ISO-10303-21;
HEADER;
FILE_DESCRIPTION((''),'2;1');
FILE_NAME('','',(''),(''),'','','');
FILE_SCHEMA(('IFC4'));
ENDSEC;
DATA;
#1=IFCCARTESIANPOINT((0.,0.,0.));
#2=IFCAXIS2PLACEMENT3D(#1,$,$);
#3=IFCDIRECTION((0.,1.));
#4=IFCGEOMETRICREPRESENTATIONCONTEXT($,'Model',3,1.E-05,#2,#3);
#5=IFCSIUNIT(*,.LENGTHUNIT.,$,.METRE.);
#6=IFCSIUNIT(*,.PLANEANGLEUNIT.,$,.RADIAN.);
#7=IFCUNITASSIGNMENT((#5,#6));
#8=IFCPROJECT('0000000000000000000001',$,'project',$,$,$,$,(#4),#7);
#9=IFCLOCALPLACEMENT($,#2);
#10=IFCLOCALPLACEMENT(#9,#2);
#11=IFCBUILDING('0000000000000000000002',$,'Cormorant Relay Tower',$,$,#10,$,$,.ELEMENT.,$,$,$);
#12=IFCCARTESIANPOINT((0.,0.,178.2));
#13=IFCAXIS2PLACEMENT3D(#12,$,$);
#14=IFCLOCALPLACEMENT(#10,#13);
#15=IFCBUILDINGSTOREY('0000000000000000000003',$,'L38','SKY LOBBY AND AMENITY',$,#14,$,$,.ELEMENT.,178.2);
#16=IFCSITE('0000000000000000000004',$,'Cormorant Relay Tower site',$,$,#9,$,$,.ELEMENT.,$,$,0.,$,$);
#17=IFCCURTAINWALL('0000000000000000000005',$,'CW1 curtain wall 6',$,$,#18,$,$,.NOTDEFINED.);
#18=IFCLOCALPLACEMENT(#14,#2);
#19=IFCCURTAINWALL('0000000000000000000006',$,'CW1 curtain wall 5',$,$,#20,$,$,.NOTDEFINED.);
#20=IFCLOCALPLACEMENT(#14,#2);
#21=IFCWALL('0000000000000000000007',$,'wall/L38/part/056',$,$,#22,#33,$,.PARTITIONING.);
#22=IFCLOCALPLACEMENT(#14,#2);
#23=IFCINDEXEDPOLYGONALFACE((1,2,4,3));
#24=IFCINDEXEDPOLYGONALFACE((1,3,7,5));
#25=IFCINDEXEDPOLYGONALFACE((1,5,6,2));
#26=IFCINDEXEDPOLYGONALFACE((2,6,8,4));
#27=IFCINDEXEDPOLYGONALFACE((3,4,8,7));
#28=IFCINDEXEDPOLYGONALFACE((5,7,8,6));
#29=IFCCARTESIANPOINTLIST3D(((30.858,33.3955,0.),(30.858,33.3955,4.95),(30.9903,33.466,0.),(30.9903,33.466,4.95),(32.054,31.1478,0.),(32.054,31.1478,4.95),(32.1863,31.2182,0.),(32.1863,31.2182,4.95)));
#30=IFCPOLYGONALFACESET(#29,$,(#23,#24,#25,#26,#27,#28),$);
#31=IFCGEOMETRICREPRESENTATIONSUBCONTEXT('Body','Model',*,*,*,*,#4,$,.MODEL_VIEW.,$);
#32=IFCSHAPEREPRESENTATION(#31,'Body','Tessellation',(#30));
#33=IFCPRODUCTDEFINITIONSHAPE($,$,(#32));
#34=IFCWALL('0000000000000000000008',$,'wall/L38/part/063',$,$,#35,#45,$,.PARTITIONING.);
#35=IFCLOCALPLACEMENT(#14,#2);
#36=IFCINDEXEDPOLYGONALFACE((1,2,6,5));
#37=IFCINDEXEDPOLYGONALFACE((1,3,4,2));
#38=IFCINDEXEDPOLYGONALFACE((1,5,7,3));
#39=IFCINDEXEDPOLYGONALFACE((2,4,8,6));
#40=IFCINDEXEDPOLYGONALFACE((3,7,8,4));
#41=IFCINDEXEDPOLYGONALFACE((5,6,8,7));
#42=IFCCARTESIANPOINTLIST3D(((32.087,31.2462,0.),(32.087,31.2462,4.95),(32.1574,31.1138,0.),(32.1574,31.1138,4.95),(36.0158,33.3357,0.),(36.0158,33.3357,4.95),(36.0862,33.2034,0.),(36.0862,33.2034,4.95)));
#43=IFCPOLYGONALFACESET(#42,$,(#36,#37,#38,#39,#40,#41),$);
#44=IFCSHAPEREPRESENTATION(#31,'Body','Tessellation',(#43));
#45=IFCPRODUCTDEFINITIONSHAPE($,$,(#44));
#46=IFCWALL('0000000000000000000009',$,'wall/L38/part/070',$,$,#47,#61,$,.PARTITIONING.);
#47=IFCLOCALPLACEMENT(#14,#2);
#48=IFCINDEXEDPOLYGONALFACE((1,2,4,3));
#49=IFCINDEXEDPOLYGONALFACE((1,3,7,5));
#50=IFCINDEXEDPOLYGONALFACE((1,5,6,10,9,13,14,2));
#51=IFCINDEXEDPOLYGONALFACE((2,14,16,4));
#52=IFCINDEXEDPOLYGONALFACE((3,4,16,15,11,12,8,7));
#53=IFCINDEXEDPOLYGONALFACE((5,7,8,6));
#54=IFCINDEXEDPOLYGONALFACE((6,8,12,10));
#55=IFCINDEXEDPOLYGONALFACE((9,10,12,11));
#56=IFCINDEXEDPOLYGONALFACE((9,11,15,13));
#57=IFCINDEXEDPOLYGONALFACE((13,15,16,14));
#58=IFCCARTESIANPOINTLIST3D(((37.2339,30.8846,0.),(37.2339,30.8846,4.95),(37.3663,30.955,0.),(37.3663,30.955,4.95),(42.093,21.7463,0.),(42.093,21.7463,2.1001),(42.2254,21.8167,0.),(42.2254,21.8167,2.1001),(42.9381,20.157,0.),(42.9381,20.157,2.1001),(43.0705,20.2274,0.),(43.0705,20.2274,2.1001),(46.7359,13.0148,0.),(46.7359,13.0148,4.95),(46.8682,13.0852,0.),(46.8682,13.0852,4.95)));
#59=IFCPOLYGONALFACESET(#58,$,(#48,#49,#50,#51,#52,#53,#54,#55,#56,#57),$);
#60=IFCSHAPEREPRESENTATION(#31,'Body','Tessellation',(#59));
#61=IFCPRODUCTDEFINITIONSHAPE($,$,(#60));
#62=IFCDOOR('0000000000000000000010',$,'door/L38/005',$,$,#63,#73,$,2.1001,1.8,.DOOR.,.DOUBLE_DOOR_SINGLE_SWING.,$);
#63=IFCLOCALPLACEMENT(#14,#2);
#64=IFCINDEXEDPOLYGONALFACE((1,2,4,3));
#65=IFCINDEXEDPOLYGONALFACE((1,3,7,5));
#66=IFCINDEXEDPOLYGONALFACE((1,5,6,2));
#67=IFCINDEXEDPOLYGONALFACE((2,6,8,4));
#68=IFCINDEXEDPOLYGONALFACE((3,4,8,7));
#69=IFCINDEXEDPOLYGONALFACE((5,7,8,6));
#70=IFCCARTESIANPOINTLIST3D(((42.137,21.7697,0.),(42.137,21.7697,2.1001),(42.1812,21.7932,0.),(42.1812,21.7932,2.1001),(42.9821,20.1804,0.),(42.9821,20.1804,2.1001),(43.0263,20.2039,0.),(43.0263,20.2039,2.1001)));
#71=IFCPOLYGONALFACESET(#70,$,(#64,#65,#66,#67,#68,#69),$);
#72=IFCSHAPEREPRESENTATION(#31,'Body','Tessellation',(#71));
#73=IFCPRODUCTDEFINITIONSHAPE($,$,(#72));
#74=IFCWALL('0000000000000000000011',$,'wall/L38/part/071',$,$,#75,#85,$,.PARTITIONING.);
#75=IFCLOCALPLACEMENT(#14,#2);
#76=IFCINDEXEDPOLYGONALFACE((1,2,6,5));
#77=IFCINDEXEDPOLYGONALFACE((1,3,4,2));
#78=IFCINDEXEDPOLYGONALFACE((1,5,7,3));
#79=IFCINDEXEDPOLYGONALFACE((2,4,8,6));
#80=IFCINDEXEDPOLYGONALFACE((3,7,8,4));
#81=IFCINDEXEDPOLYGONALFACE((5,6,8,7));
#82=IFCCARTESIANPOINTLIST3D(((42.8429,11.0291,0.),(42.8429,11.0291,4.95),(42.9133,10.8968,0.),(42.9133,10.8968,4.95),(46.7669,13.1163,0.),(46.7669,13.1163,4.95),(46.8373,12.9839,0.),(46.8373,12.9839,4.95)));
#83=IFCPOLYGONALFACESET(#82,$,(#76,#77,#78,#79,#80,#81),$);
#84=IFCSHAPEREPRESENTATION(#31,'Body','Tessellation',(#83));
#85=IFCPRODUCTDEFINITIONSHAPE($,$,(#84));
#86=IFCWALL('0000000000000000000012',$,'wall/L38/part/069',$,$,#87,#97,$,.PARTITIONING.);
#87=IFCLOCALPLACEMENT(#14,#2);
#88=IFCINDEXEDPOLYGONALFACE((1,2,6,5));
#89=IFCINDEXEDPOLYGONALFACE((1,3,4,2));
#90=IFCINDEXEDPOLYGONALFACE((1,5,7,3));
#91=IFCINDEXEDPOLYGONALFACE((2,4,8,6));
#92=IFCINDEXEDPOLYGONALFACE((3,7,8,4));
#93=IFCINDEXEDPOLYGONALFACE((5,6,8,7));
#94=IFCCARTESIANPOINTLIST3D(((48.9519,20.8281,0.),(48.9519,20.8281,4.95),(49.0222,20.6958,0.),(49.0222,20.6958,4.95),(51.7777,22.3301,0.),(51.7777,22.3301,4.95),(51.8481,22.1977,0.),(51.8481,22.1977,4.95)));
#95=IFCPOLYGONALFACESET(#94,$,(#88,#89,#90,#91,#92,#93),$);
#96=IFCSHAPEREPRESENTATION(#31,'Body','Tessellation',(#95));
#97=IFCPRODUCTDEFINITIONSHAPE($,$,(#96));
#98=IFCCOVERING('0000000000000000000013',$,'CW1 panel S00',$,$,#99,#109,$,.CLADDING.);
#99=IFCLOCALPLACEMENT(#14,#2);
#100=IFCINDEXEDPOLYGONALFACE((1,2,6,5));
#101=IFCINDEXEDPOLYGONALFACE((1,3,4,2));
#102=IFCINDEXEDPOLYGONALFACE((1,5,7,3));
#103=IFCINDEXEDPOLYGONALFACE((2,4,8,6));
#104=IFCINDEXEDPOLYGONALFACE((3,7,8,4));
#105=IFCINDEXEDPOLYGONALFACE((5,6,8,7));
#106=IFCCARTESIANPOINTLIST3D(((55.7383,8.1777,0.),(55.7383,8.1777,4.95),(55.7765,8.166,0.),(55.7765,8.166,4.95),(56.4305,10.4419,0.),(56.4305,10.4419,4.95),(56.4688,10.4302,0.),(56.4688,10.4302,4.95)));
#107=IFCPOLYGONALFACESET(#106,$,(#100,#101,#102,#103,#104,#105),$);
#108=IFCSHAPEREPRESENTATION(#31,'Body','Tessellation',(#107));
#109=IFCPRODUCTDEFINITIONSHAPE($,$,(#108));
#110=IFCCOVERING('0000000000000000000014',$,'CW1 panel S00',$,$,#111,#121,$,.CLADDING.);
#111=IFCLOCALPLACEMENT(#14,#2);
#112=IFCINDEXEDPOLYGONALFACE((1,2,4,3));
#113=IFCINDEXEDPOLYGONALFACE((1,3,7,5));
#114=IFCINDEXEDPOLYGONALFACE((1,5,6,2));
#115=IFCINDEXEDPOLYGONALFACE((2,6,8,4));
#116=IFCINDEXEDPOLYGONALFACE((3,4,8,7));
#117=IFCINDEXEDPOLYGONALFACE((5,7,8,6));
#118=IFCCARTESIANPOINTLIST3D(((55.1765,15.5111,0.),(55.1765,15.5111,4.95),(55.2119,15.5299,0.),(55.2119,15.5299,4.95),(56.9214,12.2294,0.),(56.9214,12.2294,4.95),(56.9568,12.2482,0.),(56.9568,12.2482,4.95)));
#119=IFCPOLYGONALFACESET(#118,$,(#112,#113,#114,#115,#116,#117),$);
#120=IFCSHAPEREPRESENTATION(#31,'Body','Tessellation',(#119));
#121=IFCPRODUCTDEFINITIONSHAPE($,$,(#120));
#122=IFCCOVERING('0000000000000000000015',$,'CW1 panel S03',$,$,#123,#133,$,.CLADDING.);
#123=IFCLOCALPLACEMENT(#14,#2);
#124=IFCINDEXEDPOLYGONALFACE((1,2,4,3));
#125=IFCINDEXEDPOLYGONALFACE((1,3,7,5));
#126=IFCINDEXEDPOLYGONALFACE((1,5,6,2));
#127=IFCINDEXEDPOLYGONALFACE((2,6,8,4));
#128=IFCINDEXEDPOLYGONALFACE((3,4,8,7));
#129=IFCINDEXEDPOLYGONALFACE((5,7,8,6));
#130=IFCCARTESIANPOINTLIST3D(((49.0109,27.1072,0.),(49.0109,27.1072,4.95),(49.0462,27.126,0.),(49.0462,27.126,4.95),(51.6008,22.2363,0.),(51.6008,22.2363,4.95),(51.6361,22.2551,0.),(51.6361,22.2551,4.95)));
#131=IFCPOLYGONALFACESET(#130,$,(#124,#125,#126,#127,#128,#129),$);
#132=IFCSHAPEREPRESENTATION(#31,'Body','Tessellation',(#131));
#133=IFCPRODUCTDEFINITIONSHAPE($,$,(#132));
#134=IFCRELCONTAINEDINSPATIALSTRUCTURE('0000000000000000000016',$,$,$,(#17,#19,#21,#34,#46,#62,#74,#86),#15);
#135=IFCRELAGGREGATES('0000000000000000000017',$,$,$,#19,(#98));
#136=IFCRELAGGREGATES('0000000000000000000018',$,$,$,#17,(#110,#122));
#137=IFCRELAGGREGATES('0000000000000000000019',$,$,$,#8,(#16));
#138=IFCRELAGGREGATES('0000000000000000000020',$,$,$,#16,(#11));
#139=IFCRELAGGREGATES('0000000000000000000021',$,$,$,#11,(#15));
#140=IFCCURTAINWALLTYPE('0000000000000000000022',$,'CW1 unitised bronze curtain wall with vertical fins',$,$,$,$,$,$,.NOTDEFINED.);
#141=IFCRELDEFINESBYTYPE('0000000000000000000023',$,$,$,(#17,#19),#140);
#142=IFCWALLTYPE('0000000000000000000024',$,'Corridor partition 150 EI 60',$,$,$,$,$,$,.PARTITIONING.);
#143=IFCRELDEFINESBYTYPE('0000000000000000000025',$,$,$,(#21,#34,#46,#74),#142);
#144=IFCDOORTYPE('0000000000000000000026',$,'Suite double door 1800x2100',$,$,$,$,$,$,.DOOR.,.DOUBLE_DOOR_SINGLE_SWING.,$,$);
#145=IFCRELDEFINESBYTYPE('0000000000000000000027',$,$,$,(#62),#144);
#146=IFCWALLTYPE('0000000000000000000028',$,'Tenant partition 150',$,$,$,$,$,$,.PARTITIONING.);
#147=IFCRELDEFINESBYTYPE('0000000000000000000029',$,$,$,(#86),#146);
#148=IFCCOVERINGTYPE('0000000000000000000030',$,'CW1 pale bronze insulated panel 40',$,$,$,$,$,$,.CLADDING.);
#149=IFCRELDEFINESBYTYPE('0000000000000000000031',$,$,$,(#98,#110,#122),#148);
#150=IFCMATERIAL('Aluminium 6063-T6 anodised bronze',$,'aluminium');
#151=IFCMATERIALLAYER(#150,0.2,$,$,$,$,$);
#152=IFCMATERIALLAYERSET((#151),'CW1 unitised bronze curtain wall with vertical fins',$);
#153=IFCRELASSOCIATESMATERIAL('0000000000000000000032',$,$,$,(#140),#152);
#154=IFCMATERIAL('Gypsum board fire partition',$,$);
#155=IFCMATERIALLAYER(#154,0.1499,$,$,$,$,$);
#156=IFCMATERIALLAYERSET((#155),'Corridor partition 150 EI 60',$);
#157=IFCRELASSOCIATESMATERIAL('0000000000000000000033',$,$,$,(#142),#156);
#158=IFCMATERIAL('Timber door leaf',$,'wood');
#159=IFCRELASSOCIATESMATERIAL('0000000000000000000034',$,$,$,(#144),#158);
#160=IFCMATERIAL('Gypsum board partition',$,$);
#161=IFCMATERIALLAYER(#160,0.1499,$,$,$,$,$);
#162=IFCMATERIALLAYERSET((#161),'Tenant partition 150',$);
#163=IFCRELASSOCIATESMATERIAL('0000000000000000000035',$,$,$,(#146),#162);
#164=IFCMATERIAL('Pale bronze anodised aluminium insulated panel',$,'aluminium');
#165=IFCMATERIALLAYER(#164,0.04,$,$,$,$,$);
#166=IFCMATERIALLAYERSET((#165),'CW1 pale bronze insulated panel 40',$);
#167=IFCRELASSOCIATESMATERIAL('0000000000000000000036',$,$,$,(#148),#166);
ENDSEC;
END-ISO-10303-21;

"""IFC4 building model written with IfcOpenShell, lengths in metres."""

from ifc_helpers import new_model, si_unit, direction, frame, frame_2d, origin, origin_2d, place, context, subcontext, project, spatial, rectangle, extrude, material, layer, layer_set, type_object, element, fill, aggregate, save


model = new_model("IFC4")

# Units and contexts
model_context = context("Model", 3, precision=1e-05, world=origin(), true_north=direction((0.0, 1.0)))
body_context = subcontext(model_context, "Body", "Model", "MODEL_VIEW")
ifc_project = project(units=[si_unit("LENGTHUNIT", "METRE"), si_unit("PLANEANGLEUNIT", "RADIAN")], contexts=[model_context])

# Site, building, storey
site_placement = place(None, origin())
site = spatial("IfcSite", under=ifc_project, at=site_placement, Name="Cormorant Relay Tower site", CompositionType="ELEMENT", RefElevation=0.0)
building_placement = place(site_placement, origin())
building = spatial("IfcBuilding", under=site, at=building_placement, Name="Cormorant Relay Tower", CompositionType="ELEMENT")
storey_placement = place(building_placement, frame((0.0, 0.0, 178.2)))
storey = spatial("IfcBuildingStorey", under=building, at=storey_placement, Name="L38", Description="SKY LOBBY AND AMENITY", CompositionType="ELEMENT", Elevation=178.2)

# Curtain wall
ifc_material_1 = material(Name="Aluminium 6063-T6 anodised bronze", Category="aluminium")
ifc_layer_1 = layer(ifc_material_1, 0.2)
ifc_layer_set_1 = layer_set([ifc_layer_1], Name="CW1 unitised bronze curtain wall with vertical fins")
curtain_wall_type = type_object("IfcCurtainWallType", Name="CW1 unitised bronze curtain wall with vertical fins", PredefinedType="NOTDEFINED", material=ifc_layer_set_1)
curtain_wall_1_placement = place(storey_placement, origin())
curtain_wall_1 = element("IfcCurtainWall", 1, at=curtain_wall_1_placement, inside=storey, type_object=curtain_wall_type, Name="CW1 curtain wall 6", PredefinedType="NOTDEFINED")

# Curtain wall
curtain_wall_2_placement = place(storey_placement, origin())
curtain_wall_2 = element("IfcCurtainWall", 2, at=curtain_wall_2_placement, inside=storey, type_object=curtain_wall_type, Name="CW1 curtain wall 5", PredefinedType="NOTDEFINED")

# Walls
ifc_material_2 = material(Name="Gypsum board fire partition")
ifc_layer_2 = layer(ifc_material_2, 0.1499)
ifc_layer_set_2 = layer_set([ifc_layer_2], Name="Corridor partition 150 EI 60")
wall_type_1 = type_object("IfcWallType", Name="Corridor partition 150 EI 60", PredefinedType="PARTITIONING", material=ifc_layer_set_2)
wall_1_placement = place(storey_placement, frame((32.1201, 31.1831, 0.0), z_axis=(0.0, 0.0, 1.0), x_axis=(-0.469737, 0.882806, 0.0)))
element("IfcWall", 3, at=wall_1_placement, inside=storey, type_object=wall_type_1, Name="wall/L38/part/056", PredefinedType="PARTITIONING", context=body_context, shape_type="SweptSolid", body=[
    extrude(rectangle(XDim=2.5461, YDim=0.1499, at=frame_2d((1.2729, 0.0))), origin(), (0.0, 0.0, 1.0), 4.95),
])
wall_2_placement = place(storey_placement, frame((32.1221, 31.1799, 0.0), z_axis=(0.0, 0.0, 1.0), x_axis=(0.882898, 0.469566, 0.0)))
element("IfcWall", 4, at=wall_2_placement, inside=storey, type_object=wall_type_1, Name="wall/L38/part/063", PredefinedType="PARTITIONING", context=body_context, shape_type="SweptSolid", body=[
    extrude(rectangle(XDim=4.45, YDim=0.1499, at=frame_2d((2.2251, 0.0))), origin(), (0.0, 0.0, 1.0), 4.95),
])

# Wall, opening, door
wall_3_placement = place(storey_placement, frame((37.3, 30.9199, 0.0), z_axis=(0.0, 0.0, 1.0), x_axis=(0.469486, -0.88294, 0.0)))
wall_3 = element("IfcWall", 5, at=wall_3_placement, inside=storey, type_object=wall_type_1, Name="wall/L38/part/070", PredefinedType="PARTITIONING", context=body_context, shape_type="SweptSolid", body=[
    extrude(rectangle(XDim=20.239, YDim=0.1499, at=frame_2d((10.1196, 0.0))), origin(), (0.0, 0.0, 1.0), 4.95),
])
opening_1_placement = place(wall_3_placement, frame((10.3501, 0.0, 0.0)))
opening_1 = element("IfcOpeningElement", 6, at=opening_1_placement, cuts=wall_3, PredefinedType="OPENING", context=body_context, shape_type="SweptSolid", body=[
    extrude(rectangle(XDim=1.8, YDim=2.1001, at=frame_2d((0.8999, 1.05))), frame((0.0, 0.085, 0.0), z_axis=(0.0, -1.0, 0.0), x_axis=(1.0, 0.0, 0.0)), (0.0, 0.0, 1.0), 0.1699),
])
ifc_material_3 = material(Name="Timber door leaf", Category="wood")
door_type_1 = type_object("IfcDoorType", Name="Suite double door 1800x2100", OperationType="DOUBLE_DOOR_SINGLE_SWING", PredefinedType="DOOR", material=ifc_material_3)
door_1_placement = place(opening_1_placement, origin())
door_1 = element("IfcDoor", 7, at=door_1_placement, inside=storey, type_object=door_type_1, Name="door/L38/005", OperationType="DOUBLE_DOOR_SINGLE_SWING", OverallHeight=2.1001, OverallWidth=1.8, PredefinedType="DOOR", context=body_context, shape_type="SweptSolid", body=[
    extrude(rectangle(XDim=1.8, YDim=2.1001, at=frame_2d((0.8999, 1.05))), frame((0.0, 0.0249, 0.0), z_axis=(0.0, -1.0, 0.0), x_axis=(1.0, 0.0, 0.0)), (0.0, 0.0, 1.0), 0.05),
])
fill(opening_1, door_1)

# Walls
wall_4_placement = place(storey_placement, frame((46.802, 13.05, 0.0), z_axis=(0.0, 0.0, 1.0), x_axis=(-0.882883, -0.469593, 0.0)))
element("IfcWall", 8, at=wall_4_placement, inside=storey, type_object=wall_type_1, Name="wall/L38/part/071", PredefinedType="PARTITIONING", context=body_context, shape_type="SweptSolid", body=[
    extrude(rectangle(XDim=4.4446, YDim=0.1499, at=frame_2d((2.2222, 0.0))), origin(), (0.0, 0.0, 1.0), 4.95),
])
ifc_material_4 = material(Name="Gypsum board partition")
ifc_layer_3 = layer(ifc_material_4, 0.1499)
ifc_layer_set_3 = layer_set([ifc_layer_3], Name="Tenant partition 150")
wall_type_2 = type_object("IfcWallType", Name="Tenant partition 150", PredefinedType="PARTITIONING", material=ifc_layer_set_3)
wall_5_placement = place(storey_placement, frame((48.9871, 20.762, 0.0), z_axis=(0.0, 0.0, 1.0), x_axis=(0.883028, 0.469321, 0.0)))
element("IfcWall", 9, at=wall_5_placement, inside=storey, type_object=wall_type_2, Name="wall/L38/part/069", PredefinedType="PARTITIONING", context=body_context, shape_type="SweptSolid", body=[
    extrude(rectangle(XDim=3.2002, YDim=0.1499, at=frame_2d((1.6001, 0.0))), origin(), (0.0, 0.0, 1.0), 4.95),
])

# Coverings
ifc_material_5 = material(Name="Pale bronze anodised aluminium insulated panel", Category="aluminium")
ifc_layer_4 = layer(ifc_material_5, 0.04)
ifc_layer_set_4 = layer_set([ifc_layer_4], Name="CW1 pale bronze insulated panel 40")
covering_type = type_object("IfcCoveringType", Name="CW1 pale bronze insulated panel 40", PredefinedType="CLADDING", material=ifc_layer_set_4)
covering_1_placement = place(storey_placement, frame((56.1035, 9.304, 0.0), z_axis=(0.0, 0.0, 1.0), x_axis=(0.292372, 0.956305, 0.0)))
covering_1 = element("IfcCovering", 10, at=covering_1_placement, type_object=covering_type, Name="CW1 panel S00", PredefinedType="CLADDING", context=body_context, shape_type="SweptSolid", body=[
    extrude(rectangle(XDim=2.3677, YDim=0.04, at=origin_2d()), origin(), (0.0, 0.0, 1.0), 4.95),
])
aggregate(curtain_wall_2, [covering_1])
covering_2_placement = place(storey_placement, frame((56.0667, 13.8796, 0.0), z_axis=(0.0, 0.0, 1.0), x_axis=(-0.469472, 0.882948, 0.0)))
covering_2 = element("IfcCovering", 11, at=covering_2_placement, type_object=covering_type, Name="CW1 panel S00", PredefinedType="CLADDING", context=body_context, shape_type="SweptSolid", body=[
    extrude(rectangle(XDim=3.7168, YDim=0.04, at=origin_2d()), origin(), (0.0, 0.0, 1.0), 4.95),
])
covering_3_placement = place(storey_placement, frame((50.3235, 24.6812, 0.0), z_axis=(0.0, 0.0, 1.0), x_axis=(-0.469472, 0.882948, 0.0)))
covering_3 = element("IfcCovering", 12, at=covering_3_placement, type_object=covering_type, Name="CW1 panel S03", PredefinedType="CLADDING", context=body_context, shape_type="SweptSolid", body=[
    extrude(rectangle(XDim=5.5166, YDim=0.04, at=origin_2d()), origin(), (0.0, 0.0, 1.0), 4.95),
])
aggregate(curtain_wall_1, [covering_2, covering_3])

save(model, "model.ifc")
